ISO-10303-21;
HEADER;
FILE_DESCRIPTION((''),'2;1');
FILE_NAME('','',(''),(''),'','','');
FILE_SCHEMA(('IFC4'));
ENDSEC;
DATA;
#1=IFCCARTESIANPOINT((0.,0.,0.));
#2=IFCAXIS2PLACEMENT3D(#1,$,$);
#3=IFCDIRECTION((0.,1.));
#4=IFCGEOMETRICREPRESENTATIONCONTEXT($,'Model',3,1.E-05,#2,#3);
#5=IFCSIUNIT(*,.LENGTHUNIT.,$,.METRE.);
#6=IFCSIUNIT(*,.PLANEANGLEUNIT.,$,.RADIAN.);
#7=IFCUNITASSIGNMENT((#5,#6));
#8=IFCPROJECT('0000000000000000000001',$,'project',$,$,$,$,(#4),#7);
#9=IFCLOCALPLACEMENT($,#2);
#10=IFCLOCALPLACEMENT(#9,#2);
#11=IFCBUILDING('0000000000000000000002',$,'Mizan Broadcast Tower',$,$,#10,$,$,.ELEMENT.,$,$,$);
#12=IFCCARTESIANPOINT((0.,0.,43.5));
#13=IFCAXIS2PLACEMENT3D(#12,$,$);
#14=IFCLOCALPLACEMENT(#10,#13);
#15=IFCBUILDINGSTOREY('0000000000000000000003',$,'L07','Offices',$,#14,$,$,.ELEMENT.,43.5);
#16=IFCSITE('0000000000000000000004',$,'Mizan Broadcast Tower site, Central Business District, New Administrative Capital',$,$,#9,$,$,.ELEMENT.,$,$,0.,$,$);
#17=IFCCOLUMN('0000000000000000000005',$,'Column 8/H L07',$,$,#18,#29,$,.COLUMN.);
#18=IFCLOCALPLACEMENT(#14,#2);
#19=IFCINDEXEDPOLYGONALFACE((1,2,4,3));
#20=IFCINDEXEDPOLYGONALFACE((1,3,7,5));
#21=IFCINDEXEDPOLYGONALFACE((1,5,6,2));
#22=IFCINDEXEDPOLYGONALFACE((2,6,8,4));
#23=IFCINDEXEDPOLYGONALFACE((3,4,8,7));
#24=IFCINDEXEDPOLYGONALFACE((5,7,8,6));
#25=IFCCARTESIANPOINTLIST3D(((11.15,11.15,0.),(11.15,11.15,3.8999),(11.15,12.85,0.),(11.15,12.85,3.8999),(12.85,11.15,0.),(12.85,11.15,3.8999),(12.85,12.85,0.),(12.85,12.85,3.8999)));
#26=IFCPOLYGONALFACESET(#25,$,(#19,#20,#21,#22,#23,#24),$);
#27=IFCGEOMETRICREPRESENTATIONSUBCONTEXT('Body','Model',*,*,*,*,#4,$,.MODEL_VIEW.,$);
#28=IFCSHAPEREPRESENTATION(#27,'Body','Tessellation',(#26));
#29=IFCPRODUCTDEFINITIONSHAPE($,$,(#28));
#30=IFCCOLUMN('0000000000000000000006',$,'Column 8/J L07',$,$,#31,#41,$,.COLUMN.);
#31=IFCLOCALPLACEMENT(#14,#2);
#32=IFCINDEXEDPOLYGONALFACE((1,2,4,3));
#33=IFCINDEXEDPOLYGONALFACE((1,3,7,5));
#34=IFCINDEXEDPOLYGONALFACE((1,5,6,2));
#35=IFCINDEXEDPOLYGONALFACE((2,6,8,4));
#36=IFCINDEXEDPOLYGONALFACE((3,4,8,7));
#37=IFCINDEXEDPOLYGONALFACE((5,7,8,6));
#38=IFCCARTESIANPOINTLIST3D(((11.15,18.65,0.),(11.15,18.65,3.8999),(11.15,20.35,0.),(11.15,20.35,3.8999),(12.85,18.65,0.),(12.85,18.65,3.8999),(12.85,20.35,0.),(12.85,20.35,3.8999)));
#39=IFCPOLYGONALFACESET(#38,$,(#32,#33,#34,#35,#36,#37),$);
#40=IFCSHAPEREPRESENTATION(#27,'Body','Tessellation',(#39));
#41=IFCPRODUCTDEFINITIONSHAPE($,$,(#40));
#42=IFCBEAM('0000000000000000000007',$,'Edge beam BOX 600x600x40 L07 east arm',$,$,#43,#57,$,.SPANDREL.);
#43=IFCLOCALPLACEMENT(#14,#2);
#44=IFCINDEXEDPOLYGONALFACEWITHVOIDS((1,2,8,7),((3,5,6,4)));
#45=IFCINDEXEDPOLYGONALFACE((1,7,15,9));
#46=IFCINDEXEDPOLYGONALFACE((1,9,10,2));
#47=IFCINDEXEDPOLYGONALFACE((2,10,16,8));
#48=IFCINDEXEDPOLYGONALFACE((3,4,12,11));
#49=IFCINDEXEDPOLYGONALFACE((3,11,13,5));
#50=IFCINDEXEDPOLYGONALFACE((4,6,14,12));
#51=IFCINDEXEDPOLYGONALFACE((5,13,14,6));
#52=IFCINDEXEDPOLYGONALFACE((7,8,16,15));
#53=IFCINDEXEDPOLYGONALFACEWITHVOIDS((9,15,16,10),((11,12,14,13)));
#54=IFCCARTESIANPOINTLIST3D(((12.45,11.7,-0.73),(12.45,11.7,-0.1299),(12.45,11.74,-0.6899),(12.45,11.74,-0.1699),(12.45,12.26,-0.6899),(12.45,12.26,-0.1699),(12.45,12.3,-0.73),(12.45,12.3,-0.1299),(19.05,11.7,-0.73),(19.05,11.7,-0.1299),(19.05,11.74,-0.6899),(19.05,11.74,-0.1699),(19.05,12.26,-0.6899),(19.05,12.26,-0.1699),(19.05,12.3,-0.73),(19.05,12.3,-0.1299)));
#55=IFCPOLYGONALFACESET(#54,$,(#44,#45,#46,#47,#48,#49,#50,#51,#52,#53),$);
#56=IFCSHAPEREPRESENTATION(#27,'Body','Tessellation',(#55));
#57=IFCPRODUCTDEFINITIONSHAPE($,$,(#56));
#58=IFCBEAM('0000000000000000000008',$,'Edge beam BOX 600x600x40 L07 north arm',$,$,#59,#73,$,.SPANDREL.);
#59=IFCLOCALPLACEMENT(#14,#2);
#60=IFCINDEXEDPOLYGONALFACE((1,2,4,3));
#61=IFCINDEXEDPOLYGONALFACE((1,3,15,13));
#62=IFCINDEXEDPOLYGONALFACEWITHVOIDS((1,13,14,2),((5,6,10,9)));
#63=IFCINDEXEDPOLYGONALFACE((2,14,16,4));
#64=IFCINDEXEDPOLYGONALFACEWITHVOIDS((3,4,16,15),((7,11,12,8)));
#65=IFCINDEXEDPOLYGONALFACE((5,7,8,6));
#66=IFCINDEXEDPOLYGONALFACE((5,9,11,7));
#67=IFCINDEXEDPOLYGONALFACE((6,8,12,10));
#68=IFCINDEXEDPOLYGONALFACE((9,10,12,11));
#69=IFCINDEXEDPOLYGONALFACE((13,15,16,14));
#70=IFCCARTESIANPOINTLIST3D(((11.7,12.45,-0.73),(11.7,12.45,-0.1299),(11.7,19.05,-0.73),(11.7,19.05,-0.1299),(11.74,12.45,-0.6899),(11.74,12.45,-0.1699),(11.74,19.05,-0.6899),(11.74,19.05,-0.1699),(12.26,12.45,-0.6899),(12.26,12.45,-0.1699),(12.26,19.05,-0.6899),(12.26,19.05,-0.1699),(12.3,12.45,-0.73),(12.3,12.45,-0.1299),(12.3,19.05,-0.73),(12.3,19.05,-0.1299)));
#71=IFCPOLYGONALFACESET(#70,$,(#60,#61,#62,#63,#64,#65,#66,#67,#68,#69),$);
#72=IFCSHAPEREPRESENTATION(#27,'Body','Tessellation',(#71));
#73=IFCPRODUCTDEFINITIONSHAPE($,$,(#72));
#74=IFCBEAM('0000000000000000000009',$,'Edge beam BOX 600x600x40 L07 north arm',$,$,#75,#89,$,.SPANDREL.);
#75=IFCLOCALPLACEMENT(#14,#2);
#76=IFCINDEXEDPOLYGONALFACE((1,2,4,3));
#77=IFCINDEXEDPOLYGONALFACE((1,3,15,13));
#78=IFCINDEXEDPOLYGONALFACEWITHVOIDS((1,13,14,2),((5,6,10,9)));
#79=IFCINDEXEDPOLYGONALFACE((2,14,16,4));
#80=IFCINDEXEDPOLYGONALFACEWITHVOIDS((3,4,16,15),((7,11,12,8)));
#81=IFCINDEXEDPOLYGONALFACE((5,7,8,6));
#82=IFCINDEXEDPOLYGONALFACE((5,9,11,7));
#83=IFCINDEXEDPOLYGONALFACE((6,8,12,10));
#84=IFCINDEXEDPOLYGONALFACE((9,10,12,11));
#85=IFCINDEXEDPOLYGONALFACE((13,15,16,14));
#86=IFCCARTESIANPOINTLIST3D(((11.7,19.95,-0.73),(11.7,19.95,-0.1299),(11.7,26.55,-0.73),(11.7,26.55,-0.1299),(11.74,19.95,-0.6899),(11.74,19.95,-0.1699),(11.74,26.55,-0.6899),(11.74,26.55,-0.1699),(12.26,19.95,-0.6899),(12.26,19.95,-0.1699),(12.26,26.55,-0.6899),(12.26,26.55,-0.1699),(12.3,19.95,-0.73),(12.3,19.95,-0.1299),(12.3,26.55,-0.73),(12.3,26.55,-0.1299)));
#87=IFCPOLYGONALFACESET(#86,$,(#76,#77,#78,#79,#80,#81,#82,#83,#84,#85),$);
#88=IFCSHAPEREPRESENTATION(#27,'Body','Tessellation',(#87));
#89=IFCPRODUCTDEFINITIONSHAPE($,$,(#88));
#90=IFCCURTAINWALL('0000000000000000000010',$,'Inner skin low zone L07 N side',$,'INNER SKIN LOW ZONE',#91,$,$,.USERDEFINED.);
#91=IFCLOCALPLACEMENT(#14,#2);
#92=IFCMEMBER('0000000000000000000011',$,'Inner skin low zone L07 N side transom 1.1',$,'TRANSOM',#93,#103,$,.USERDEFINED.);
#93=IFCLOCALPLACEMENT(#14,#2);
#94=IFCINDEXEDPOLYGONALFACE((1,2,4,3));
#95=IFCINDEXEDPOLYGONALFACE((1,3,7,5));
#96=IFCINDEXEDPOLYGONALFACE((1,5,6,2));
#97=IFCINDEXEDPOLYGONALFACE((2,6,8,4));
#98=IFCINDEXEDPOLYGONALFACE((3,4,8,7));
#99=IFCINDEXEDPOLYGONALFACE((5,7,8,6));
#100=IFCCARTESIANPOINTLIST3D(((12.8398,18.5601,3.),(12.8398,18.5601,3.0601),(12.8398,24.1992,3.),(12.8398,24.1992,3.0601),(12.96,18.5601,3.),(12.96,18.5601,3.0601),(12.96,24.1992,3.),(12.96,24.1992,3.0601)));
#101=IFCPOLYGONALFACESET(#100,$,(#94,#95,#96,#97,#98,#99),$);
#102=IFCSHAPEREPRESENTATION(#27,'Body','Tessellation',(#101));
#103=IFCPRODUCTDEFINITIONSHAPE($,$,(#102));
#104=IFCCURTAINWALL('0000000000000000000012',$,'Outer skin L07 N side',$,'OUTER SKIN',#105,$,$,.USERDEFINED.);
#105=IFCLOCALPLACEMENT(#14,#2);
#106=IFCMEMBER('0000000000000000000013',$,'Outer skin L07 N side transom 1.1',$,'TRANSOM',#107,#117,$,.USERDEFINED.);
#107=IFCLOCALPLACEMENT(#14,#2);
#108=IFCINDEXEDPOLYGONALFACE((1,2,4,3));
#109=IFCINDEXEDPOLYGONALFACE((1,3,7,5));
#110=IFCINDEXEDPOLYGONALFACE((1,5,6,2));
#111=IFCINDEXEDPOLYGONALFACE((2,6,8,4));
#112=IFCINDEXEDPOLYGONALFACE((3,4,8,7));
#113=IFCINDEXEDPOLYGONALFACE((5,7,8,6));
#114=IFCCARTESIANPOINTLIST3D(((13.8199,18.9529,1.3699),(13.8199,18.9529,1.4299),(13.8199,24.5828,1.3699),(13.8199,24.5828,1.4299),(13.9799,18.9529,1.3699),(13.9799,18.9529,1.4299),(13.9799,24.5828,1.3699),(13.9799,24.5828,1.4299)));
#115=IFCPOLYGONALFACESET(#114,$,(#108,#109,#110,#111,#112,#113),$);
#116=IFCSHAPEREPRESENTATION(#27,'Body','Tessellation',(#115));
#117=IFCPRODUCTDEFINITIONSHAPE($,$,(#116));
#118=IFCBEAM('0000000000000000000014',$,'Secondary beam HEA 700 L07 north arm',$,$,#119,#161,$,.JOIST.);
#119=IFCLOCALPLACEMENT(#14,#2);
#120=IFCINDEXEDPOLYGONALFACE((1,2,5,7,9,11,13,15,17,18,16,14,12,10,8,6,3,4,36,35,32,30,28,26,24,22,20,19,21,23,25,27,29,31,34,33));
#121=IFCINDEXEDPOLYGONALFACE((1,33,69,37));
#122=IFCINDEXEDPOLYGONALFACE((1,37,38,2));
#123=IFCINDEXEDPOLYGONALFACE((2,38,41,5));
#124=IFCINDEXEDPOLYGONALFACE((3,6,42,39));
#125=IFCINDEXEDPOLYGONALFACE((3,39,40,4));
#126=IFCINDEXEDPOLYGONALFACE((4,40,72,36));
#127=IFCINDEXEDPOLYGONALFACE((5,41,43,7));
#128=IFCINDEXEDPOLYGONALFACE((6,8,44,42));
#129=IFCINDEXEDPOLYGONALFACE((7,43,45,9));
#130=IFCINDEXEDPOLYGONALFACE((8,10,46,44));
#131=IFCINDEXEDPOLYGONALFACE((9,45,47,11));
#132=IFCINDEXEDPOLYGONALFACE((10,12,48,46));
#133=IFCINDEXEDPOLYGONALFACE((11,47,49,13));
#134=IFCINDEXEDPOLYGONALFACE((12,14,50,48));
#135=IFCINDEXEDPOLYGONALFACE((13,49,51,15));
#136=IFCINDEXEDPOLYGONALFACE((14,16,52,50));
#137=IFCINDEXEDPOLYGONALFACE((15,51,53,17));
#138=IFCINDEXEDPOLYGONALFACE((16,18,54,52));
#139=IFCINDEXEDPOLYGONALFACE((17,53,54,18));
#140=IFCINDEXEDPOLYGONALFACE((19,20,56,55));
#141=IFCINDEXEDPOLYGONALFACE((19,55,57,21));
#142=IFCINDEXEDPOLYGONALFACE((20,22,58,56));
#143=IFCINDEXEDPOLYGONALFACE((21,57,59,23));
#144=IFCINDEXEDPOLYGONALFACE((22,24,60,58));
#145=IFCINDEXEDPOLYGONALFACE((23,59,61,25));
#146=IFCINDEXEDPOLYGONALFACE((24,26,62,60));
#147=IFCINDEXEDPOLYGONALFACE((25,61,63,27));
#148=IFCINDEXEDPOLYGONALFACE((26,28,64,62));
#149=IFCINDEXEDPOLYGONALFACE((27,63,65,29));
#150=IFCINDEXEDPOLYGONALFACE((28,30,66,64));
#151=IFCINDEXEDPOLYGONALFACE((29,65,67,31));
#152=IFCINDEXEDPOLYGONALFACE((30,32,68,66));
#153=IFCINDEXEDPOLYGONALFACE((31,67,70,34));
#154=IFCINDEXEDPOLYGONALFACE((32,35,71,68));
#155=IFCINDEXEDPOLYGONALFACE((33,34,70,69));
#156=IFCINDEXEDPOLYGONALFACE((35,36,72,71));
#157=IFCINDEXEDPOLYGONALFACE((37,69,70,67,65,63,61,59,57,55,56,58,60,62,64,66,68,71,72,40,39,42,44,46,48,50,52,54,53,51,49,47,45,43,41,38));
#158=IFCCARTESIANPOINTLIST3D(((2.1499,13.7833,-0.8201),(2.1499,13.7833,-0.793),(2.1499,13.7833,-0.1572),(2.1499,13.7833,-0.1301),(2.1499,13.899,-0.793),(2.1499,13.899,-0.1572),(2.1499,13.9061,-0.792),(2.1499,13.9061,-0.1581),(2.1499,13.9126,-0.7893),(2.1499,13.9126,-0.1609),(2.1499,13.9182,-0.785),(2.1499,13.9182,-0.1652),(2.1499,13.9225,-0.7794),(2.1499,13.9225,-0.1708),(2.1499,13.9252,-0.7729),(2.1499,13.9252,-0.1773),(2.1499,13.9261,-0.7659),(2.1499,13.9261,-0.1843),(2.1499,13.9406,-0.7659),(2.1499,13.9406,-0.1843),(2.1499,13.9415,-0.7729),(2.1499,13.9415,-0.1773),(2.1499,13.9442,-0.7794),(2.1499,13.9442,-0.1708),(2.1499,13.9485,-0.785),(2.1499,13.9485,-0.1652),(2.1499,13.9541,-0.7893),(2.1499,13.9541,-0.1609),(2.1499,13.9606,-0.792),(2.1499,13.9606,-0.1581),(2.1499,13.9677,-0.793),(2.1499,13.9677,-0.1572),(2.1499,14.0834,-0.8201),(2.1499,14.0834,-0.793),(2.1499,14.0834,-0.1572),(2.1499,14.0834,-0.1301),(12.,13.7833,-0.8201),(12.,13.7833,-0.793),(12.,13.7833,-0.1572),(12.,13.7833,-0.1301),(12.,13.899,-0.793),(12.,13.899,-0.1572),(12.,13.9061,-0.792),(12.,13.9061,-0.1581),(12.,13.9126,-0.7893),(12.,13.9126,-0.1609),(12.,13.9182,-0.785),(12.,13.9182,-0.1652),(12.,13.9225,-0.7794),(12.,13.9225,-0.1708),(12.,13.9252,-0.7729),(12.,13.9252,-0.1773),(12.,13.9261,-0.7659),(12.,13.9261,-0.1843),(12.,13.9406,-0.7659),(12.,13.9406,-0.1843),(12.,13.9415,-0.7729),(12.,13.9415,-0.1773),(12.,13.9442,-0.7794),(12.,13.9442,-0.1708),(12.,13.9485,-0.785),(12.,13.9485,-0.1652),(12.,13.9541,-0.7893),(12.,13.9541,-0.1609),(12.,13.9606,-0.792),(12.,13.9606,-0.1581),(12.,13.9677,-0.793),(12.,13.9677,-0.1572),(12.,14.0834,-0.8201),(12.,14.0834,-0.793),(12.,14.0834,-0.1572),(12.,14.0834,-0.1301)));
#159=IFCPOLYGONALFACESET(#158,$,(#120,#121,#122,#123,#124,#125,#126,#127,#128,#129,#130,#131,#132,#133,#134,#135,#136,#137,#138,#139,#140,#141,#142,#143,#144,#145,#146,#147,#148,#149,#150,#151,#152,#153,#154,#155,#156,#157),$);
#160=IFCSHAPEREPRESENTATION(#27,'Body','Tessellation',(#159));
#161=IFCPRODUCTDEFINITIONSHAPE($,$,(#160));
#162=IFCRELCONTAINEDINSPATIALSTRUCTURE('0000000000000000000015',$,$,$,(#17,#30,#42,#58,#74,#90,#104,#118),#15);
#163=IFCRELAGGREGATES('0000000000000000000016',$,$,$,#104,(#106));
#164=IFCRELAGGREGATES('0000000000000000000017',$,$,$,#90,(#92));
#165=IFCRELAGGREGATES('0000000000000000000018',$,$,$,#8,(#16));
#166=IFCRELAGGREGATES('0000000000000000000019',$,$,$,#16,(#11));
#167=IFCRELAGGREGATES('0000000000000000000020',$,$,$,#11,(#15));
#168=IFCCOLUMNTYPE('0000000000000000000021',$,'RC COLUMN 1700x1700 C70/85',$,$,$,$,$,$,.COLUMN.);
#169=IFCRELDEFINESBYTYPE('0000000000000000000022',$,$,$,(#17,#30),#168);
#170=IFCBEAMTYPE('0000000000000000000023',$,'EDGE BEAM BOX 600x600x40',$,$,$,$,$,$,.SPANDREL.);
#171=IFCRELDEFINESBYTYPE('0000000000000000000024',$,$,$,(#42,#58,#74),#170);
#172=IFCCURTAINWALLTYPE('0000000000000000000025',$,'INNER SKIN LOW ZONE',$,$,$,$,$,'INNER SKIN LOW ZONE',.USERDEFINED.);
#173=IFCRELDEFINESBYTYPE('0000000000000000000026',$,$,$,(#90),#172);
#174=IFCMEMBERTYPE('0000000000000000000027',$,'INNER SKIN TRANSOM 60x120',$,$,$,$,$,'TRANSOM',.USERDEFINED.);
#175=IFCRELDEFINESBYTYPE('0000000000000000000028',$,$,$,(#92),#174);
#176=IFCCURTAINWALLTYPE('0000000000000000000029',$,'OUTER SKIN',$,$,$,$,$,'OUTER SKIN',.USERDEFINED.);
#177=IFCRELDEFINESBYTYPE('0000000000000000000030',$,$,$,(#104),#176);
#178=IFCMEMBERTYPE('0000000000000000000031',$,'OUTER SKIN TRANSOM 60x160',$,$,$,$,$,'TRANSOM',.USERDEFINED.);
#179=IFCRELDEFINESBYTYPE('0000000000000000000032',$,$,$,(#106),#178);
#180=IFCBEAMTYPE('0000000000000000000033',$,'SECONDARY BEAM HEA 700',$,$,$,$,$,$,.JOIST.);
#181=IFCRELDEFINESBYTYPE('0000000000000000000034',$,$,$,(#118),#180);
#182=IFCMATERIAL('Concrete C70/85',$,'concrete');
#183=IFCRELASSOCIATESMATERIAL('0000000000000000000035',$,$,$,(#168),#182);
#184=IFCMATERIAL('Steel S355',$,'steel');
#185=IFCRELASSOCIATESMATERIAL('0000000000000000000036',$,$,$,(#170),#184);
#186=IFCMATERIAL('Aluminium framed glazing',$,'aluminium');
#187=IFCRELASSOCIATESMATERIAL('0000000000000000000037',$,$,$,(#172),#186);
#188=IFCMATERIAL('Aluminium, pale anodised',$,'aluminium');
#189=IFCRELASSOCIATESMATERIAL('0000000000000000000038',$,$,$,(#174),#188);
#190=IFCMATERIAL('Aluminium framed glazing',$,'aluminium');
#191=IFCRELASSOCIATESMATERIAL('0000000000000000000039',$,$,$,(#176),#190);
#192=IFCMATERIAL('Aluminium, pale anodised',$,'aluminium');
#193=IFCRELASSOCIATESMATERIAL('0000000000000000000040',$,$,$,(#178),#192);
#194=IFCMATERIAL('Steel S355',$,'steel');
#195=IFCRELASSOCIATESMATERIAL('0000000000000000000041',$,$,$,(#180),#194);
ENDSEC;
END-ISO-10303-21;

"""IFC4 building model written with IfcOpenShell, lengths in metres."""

from ifc_helpers import new_model, si_unit, direction, frame, origin, origin_2d, place, context, subcontext, project, spatial, rectangle, hollow_rectangle, i_section, extrude, material, material_profile, profile_set, type_object, element, aggregate, save


model = new_model("IFC4")

# Units and contexts
model_context = context("Model", 3, precision=1e-05, world=origin(), true_north=direction((0.0, 1.0)))
body_context = subcontext(model_context, "Body", "Model", "MODEL_VIEW")
ifc_project = project(units=[si_unit("LENGTHUNIT", "METRE"), si_unit("PLANEANGLEUNIT", "RADIAN")], contexts=[model_context])

# Site, building, storey
site_placement = place(None, origin())
site = spatial("IfcSite", under=ifc_project, at=site_placement, Name="Mizan Broadcast Tower site, Central Business District, New Administrative Capital", CompositionType="ELEMENT", RefElevation=0.0)
building_placement = place(site_placement, origin())
building = spatial("IfcBuilding", under=site, at=building_placement, Name="Mizan Broadcast Tower", CompositionType="ELEMENT")
storey_placement = place(building_placement, frame((0.0, 0.0, 43.5)))
storey = spatial("IfcBuildingStorey", under=building, at=storey_placement, Name="L07", Description="Offices", CompositionType="ELEMENT", Elevation=43.5)

# Columns
ifc_material_1 = material(Name="Concrete C70/85", Category="concrete")
ifc_material_profile_1 = material_profile(ifc_material_1, rectangle(XDim=1.7, YDim=1.7, at=origin_2d()), Name="RC 1700x1700")
ifc_profile_set_1 = profile_set([ifc_material_profile_1], Name="Concrete C70/85")
column_type = type_object("IfcColumnType", Name="RC COLUMN 1700x1700 C70/85", PredefinedType="COLUMN", material=ifc_profile_set_1)
for number, where, z_axis, x_axis, name in (
    (1, (12.0, 12.0, 0.0), (0.0, 0.0, 1.0), (1.0, 0.0, 0.0), "Column 8/H L07"),
    (2, (12.0, 19.5, 0.0), (0.0, 0.0, 1.0), (1.0, 0.0, 0.0), "Column 8/J L07"),
):
    element("IfcColumn", number, at=place(storey_placement, frame(where, z_axis=z_axis, x_axis=x_axis)), inside=storey, type_object=column_type, Name=name, PredefinedType="COLUMN", context=body_context, shape_type="SweptSolid", body=[
        extrude(rectangle(XDim=1.7, YDim=1.7, at=origin_2d()), origin(), (0.0, 0.0, 1.0), 3.8999),
    ])

# Beams
ifc_material_2 = material(Name="Steel S355", Category="steel")
ifc_material_profile_2 = material_profile(ifc_material_2, hollow_rectangle(XDim=0.6001, YDim=0.6001, WallThickness=0.04, at=origin_2d()), Name="BOX 600x600x40")
ifc_profile_set_2 = profile_set([ifc_material_profile_2], Name="Steel S355")
beam_type_1 = type_object("IfcBeamType", Name="EDGE BEAM BOX 600x600x40", PredefinedType="SPANDREL", material=ifc_profile_set_2)
for number, where, z_axis, x_axis, name in (
    (3, (12.45, 12.0, -0.4299), (1.0, 0.0, 0.0), (0.0, 1.0, 0.0), "Edge beam BOX 600x600x40 L07 east arm"),
    (4, (12.0, 12.45, -0.4299), (0.0, 1.0, 0.0), (-1.0, 0.0, 0.0), "Edge beam BOX 600x600x40 L07 north arm"),
    (5, (12.0, 19.95, -0.4299), (0.0, 1.0, 0.0), (-1.0, 0.0, 0.0), "Edge beam BOX 600x600x40 L07 north arm"),
):
    element("IfcBeam", number, at=place(storey_placement, frame(where, z_axis=z_axis, x_axis=x_axis)), inside=storey, type_object=beam_type_1, Name=name, PredefinedType="SPANDREL", context=body_context, shape_type="SweptSolid", body=[
        extrude(hollow_rectangle(XDim=0.6001, YDim=0.6001, WallThickness=0.04, at=origin_2d()), origin(), (0.0, 0.0, 1.0), 6.6001),
    ])

# Curtain walls, members
ifc_material_3 = material(Name="Aluminium framed glazing", Category="aluminium")
curtain_wall_type_1 = type_object("IfcCurtainWallType", Name="INNER SKIN LOW ZONE", ElementType="INNER SKIN LOW ZONE", PredefinedType="USERDEFINED", material=ifc_material_3)
curtain_wall_1_placement = place(storey_placement, origin())
curtain_wall_1 = element("IfcCurtainWall", 6, at=curtain_wall_1_placement, inside=storey, type_object=curtain_wall_type_1, Name="Inner skin low zone L07 N side", ObjectType="INNER SKIN LOW ZONE", PredefinedType="USERDEFINED")
ifc_material_4 = material(Name="Aluminium, pale anodised", Category="aluminium")
ifc_material_profile_3 = material_profile(ifc_material_4, rectangle(XDim=0.1201, YDim=0.0601, at=origin_2d()), Name="TRANSOM 120x60")
ifc_profile_set_3 = profile_set([ifc_material_profile_3], Name="Aluminium, pale anodised")
member_type_1 = type_object("IfcMemberType", Name="INNER SKIN TRANSOM 60x120", ElementType="TRANSOM", PredefinedType="USERDEFINED", material=ifc_profile_set_3)
member_1_placement = place(storey_placement, frame((12.8999, 18.5601, 3.03), z_axis=(0.0, 1.0, 0.0), x_axis=(-1.0, 0.0, 0.0)))
member_1 = element("IfcMember", 7, at=member_1_placement, type_object=member_type_1, Name="Inner skin low zone L07 N side transom 1.1", ObjectType="TRANSOM", PredefinedType="USERDEFINED", context=body_context, shape_type="SweptSolid", body=[
    extrude(rectangle(XDim=0.1201, YDim=0.0601, at=origin_2d()), origin(), (0.0, 0.0, 1.0), 5.6392),
])
ifc_material_5 = material(Name="Aluminium framed glazing", Category="aluminium")
curtain_wall_type_2 = type_object("IfcCurtainWallType", Name="OUTER SKIN", ElementType="OUTER SKIN", PredefinedType="USERDEFINED", material=ifc_material_5)
curtain_wall_2_placement = place(storey_placement, origin())
curtain_wall_2 = element("IfcCurtainWall", 8, at=curtain_wall_2_placement, inside=storey, type_object=curtain_wall_type_2, Name="Outer skin L07 N side", ObjectType="OUTER SKIN", PredefinedType="USERDEFINED")
ifc_material_6 = material(Name="Aluminium, pale anodised", Category="aluminium")
ifc_material_profile_4 = material_profile(ifc_material_6, rectangle(XDim=0.1599, YDim=0.0601, at=origin_2d()), Name="TRANSOM 160x60")
ifc_profile_set_4 = profile_set([ifc_material_profile_4], Name="Aluminium, pale anodised")
member_type_2 = type_object("IfcMemberType", Name="OUTER SKIN TRANSOM 60x160", ElementType="TRANSOM", PredefinedType="USERDEFINED", material=ifc_profile_set_4)
member_2_placement = place(storey_placement, frame((13.8999, 18.9529, 1.3999), z_axis=(0.0, 1.0, 0.0), x_axis=(-1.0, 0.0, 0.0)))
member_2 = element("IfcMember", 9, at=member_2_placement, type_object=member_type_2, Name="Outer skin L07 N side transom 1.1", ObjectType="TRANSOM", PredefinedType="USERDEFINED", context=body_context, shape_type="SweptSolid", body=[
    extrude(rectangle(XDim=0.1599, YDim=0.0601, at=origin_2d()), origin(), (0.0, 0.0, 1.0), 5.6299),
])
aggregate(curtain_wall_2, [member_2])

# Beam
ifc_material_7 = material(Name="Steel S355", Category="steel")
ifc_material_profile_5 = material_profile(ifc_material_7, i_section(OverallWidth=0.3, OverallDepth=0.6899, WebThickness=0.0144, FlangeThickness=0.0271, FilletRadius=0.0271, at=origin_2d()), Name="HEA 700")
ifc_profile_set_5 = profile_set([ifc_material_profile_5], Name="Steel S355")
beam_type_2 = type_object("IfcBeamType", Name="SECONDARY BEAM HEA 700", PredefinedType="JOIST", material=ifc_profile_set_5)
for number, where, z_axis, x_axis, name in (
    (10, (12.0, 13.9333, -0.4751), (-1.0, 0.0, 0.0), (0.0, -1.0, 0.0), "Secondary beam HEA 700 L07 north arm"),
):
    element("IfcBeam", number, at=place(storey_placement, frame(where, z_axis=z_axis, x_axis=x_axis)), inside=storey, type_object=beam_type_2, Name=name, PredefinedType="JOIST", context=body_context, shape_type="SweptSolid", body=[
        extrude(i_section(OverallWidth=0.3, OverallDepth=0.6899, WebThickness=0.0144, FlangeThickness=0.0271, FilletRadius=0.0271, at=origin_2d()), origin(), (0.0, 0.0, 1.0), 9.8501),
    ])

aggregate(curtain_wall_1, [member_1])

save(model, "model.ifc")
